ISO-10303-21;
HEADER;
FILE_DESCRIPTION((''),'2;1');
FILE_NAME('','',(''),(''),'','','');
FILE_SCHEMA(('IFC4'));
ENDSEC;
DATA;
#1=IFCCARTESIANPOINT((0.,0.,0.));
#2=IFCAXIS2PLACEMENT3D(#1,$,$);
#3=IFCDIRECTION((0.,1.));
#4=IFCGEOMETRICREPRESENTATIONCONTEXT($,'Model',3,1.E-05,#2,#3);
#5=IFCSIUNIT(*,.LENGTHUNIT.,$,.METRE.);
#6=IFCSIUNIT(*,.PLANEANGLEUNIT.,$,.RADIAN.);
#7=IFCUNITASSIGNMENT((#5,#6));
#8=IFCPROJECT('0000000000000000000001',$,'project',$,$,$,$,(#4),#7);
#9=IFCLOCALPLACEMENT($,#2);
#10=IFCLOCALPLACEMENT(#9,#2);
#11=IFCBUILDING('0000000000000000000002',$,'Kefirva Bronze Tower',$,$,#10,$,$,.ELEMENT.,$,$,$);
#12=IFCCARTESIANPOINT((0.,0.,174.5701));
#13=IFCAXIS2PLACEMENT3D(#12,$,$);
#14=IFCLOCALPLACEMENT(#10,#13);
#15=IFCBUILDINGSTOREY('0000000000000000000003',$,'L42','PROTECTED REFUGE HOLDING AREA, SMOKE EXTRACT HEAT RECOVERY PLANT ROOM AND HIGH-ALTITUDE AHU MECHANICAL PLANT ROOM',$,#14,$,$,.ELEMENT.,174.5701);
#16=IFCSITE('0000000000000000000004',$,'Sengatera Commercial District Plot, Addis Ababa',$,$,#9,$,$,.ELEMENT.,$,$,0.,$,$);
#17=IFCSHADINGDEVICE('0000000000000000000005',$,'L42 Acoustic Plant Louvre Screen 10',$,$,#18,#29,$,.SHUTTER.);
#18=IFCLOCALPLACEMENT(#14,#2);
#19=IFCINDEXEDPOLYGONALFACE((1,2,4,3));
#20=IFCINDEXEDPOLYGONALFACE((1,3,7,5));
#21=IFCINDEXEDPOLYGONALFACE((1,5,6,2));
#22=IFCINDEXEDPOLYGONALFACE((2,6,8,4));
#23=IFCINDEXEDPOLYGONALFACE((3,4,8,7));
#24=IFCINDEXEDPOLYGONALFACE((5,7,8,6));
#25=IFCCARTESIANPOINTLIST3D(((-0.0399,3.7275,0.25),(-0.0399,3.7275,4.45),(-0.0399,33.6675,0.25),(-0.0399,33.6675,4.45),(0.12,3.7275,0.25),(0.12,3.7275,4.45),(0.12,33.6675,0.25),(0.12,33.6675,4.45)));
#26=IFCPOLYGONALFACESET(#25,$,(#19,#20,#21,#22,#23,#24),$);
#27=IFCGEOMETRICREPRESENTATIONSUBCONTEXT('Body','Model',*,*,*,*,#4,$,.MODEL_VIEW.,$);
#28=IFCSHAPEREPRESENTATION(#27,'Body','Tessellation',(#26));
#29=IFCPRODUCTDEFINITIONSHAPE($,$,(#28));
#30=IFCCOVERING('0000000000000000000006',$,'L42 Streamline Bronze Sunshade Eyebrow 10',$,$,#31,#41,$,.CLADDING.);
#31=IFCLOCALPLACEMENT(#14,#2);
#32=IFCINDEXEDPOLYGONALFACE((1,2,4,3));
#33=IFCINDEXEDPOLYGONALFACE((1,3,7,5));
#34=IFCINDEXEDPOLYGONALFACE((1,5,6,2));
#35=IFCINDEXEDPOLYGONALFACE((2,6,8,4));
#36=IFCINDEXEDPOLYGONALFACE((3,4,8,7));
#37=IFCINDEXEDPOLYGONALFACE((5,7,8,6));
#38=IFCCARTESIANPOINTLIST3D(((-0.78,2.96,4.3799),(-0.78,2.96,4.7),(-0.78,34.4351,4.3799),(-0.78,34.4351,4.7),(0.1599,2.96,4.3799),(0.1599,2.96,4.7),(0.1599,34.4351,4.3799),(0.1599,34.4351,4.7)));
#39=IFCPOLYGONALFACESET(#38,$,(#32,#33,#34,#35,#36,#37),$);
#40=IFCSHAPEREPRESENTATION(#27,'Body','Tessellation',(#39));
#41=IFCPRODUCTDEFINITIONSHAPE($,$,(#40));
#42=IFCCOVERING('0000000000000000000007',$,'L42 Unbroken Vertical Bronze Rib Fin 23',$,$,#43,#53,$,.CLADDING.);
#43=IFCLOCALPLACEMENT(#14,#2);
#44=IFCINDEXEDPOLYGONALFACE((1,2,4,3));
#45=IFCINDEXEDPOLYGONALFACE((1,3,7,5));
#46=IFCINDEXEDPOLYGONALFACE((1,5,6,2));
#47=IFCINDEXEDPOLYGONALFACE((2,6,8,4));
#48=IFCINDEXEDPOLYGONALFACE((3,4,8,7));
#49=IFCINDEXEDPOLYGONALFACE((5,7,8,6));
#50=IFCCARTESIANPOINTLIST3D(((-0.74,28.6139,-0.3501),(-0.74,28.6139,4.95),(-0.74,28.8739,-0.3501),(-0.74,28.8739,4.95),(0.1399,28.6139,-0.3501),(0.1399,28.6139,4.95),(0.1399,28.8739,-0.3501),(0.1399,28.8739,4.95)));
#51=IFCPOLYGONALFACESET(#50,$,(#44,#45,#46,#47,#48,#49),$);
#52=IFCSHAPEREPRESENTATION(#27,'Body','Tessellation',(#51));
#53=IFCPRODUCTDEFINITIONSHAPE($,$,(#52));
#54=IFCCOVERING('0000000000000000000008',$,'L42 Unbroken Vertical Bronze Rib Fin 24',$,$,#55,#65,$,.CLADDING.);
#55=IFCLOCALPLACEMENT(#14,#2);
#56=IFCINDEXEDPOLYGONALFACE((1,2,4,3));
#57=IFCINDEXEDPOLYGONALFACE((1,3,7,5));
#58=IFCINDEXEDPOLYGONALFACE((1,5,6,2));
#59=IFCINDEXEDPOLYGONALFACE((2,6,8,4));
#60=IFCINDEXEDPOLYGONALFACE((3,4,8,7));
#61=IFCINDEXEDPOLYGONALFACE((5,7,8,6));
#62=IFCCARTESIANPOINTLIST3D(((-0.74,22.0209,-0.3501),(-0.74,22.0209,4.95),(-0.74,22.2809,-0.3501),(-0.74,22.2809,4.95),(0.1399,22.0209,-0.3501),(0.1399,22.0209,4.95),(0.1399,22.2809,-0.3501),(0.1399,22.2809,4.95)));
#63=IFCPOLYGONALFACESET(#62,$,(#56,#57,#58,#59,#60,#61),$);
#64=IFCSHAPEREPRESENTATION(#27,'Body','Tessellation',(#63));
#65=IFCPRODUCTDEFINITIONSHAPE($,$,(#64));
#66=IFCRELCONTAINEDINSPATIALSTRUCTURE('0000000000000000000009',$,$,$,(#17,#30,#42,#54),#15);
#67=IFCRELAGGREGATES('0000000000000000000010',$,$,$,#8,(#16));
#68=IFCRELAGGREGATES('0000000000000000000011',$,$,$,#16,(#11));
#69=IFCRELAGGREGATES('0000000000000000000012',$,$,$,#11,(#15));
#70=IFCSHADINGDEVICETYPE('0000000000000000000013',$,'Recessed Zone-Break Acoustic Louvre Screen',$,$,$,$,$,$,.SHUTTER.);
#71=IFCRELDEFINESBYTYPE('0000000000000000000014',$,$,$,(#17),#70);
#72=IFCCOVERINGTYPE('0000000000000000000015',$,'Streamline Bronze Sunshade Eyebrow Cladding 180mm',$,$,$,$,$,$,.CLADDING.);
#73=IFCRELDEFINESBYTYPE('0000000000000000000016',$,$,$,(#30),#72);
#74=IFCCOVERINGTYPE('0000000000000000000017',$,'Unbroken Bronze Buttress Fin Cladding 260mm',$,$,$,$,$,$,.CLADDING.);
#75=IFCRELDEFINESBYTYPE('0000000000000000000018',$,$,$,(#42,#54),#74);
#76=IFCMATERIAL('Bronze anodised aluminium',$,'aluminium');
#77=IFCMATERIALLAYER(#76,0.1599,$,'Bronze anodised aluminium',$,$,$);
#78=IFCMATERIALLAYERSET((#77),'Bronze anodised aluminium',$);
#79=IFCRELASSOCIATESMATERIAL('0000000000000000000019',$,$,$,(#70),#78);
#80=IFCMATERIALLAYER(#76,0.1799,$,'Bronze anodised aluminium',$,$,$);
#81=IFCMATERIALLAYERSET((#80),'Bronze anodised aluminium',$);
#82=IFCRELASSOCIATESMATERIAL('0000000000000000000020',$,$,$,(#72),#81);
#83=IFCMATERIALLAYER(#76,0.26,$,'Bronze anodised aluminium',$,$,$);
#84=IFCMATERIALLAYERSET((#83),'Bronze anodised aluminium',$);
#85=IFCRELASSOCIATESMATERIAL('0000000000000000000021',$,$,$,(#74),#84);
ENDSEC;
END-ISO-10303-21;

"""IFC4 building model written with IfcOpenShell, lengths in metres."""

from ifc_helpers import new_model, si_unit, direction, frame, origin, origin_2d, place, context, subcontext, project, spatial, rectangle, extrude, material, layer, layer_set, type_object, element, save


model = new_model("IFC4")

# Units and contexts
model_context = context("Model", 3, precision=1e-05, world=origin(), true_north=direction((0.0, 1.0)))
body_context = subcontext(model_context, "Body", "Model", "MODEL_VIEW")
ifc_project = project(units=[si_unit("LENGTHUNIT", "METRE"), si_unit("PLANEANGLEUNIT", "RADIAN")], contexts=[model_context])

# Site, building, storey
site_placement = place(None, origin())
site = spatial("IfcSite", under=ifc_project, at=site_placement, Name="Sengatera Commercial District Plot, Addis Ababa", CompositionType="ELEMENT", RefElevation=0.0)
building_placement = place(site_placement, origin())
building = spatial("IfcBuilding", under=site, at=building_placement, Name="Kefirva Bronze Tower", CompositionType="ELEMENT")
storey_placement = place(building_placement, frame((0.0, 0.0, 174.5701)))
storey = spatial("IfcBuildingStorey", under=building, at=storey_placement, Name="L42", Description="PROTECTED REFUGE HOLDING AREA, SMOKE EXTRACT HEAT RECOVERY PLANT ROOM AND HIGH-ALTITUDE AHU MECHANICAL PLANT ROOM", CompositionType="ELEMENT", Elevation=174.5701)

# Shared definitions
ifc_material_1 = material(Name="Bronze anodised aluminium", Category="aluminium")

# Shading device
ifc_layer_1 = layer(ifc_material_1, 0.1599, Name="Bronze anodised aluminium")
ifc_layer_set_1 = layer_set([ifc_layer_1], Name="Bronze anodised aluminium")
shading_device_type_1 = type_object("IfcShadingDeviceType", Name="Recessed Zone-Break Acoustic Louvre Screen", PredefinedType="SHUTTER", material=ifc_layer_set_1)
shading_device_1_placement = place(storey_placement, frame((0.04, 18.6975, 0.25), z_axis=(0.0, 0.0, 1.0), x_axis=(0.0, -1.0, 0.0)))
element("IfcShadingDevice", 1, at=shading_device_1_placement, inside=storey, type_object=shading_device_type_1, Name="L42 Acoustic Plant Louvre Screen 10", PredefinedType="SHUTTER", context=body_context, shape_type="SweptSolid", body=[
    extrude(rectangle(XDim=29.9399, YDim=0.1599, at=origin_2d()), origin(), (0.0, 0.0, 1.0), 4.2),
])

# Coverings
ifc_layer_2 = layer(ifc_material_1, 0.1799, Name="Bronze anodised aluminium")
ifc_layer_set_2 = layer_set([ifc_layer_2], Name="Bronze anodised aluminium")
covering_type_1 = type_object("IfcCoveringType", Name="Streamline Bronze Sunshade Eyebrow Cladding 180mm", PredefinedType="CLADDING", material=ifc_layer_set_2)
covering_1_placement = place(storey_placement, frame((-0.3101, 18.6975, 4.3799), z_axis=(0.0, 0.0, 1.0), x_axis=(0.0, -1.0, 0.0)))
element("IfcCovering", 2, at=covering_1_placement, inside=storey, type_object=covering_type_1, Name="L42 Streamline Bronze Sunshade Eyebrow 10", PredefinedType="CLADDING", context=body_context, shape_type="SweptSolid", body=[
    extrude(rectangle(XDim=31.4751, YDim=0.9399, at=origin_2d()), origin(), (0.0, 0.0, 1.0), 0.3201),
])
ifc_layer_3 = layer(ifc_material_1, 0.26, Name="Bronze anodised aluminium")
ifc_layer_set_3 = layer_set([ifc_layer_3], Name="Bronze anodised aluminium")
covering_type_2 = type_object("IfcCoveringType", Name="Unbroken Bronze Buttress Fin Cladding 260mm", PredefinedType="CLADDING", material=ifc_layer_set_3)
for number, where, z_axis, x_axis, name in (
    (3, (-0.3, 28.7439, -0.3501), (0.0, 0.0, 1.0), (0.0, -1.0, 0.0), "L42 Unbroken Vertical Bronze Rib Fin 23"),
    (4, (-0.3, 22.1509, -0.3501), (0.0, 0.0, 1.0), (0.0, -1.0, 0.0), "L42 Unbroken Vertical Bronze Rib Fin 24"),
):
    element("IfcCovering", number, at=place(storey_placement, frame(where, z_axis=z_axis, x_axis=x_axis)), inside=storey, type_object=covering_type_2, Name=name, PredefinedType="CLADDING", context=body_context, shape_type="SweptSolid", body=[
        extrude(rectangle(XDim=0.26, YDim=0.8799, at=origin_2d()), origin(), (0.0, 0.0, 1.0), 5.3),
    ])

save(model, "model.ifc")
